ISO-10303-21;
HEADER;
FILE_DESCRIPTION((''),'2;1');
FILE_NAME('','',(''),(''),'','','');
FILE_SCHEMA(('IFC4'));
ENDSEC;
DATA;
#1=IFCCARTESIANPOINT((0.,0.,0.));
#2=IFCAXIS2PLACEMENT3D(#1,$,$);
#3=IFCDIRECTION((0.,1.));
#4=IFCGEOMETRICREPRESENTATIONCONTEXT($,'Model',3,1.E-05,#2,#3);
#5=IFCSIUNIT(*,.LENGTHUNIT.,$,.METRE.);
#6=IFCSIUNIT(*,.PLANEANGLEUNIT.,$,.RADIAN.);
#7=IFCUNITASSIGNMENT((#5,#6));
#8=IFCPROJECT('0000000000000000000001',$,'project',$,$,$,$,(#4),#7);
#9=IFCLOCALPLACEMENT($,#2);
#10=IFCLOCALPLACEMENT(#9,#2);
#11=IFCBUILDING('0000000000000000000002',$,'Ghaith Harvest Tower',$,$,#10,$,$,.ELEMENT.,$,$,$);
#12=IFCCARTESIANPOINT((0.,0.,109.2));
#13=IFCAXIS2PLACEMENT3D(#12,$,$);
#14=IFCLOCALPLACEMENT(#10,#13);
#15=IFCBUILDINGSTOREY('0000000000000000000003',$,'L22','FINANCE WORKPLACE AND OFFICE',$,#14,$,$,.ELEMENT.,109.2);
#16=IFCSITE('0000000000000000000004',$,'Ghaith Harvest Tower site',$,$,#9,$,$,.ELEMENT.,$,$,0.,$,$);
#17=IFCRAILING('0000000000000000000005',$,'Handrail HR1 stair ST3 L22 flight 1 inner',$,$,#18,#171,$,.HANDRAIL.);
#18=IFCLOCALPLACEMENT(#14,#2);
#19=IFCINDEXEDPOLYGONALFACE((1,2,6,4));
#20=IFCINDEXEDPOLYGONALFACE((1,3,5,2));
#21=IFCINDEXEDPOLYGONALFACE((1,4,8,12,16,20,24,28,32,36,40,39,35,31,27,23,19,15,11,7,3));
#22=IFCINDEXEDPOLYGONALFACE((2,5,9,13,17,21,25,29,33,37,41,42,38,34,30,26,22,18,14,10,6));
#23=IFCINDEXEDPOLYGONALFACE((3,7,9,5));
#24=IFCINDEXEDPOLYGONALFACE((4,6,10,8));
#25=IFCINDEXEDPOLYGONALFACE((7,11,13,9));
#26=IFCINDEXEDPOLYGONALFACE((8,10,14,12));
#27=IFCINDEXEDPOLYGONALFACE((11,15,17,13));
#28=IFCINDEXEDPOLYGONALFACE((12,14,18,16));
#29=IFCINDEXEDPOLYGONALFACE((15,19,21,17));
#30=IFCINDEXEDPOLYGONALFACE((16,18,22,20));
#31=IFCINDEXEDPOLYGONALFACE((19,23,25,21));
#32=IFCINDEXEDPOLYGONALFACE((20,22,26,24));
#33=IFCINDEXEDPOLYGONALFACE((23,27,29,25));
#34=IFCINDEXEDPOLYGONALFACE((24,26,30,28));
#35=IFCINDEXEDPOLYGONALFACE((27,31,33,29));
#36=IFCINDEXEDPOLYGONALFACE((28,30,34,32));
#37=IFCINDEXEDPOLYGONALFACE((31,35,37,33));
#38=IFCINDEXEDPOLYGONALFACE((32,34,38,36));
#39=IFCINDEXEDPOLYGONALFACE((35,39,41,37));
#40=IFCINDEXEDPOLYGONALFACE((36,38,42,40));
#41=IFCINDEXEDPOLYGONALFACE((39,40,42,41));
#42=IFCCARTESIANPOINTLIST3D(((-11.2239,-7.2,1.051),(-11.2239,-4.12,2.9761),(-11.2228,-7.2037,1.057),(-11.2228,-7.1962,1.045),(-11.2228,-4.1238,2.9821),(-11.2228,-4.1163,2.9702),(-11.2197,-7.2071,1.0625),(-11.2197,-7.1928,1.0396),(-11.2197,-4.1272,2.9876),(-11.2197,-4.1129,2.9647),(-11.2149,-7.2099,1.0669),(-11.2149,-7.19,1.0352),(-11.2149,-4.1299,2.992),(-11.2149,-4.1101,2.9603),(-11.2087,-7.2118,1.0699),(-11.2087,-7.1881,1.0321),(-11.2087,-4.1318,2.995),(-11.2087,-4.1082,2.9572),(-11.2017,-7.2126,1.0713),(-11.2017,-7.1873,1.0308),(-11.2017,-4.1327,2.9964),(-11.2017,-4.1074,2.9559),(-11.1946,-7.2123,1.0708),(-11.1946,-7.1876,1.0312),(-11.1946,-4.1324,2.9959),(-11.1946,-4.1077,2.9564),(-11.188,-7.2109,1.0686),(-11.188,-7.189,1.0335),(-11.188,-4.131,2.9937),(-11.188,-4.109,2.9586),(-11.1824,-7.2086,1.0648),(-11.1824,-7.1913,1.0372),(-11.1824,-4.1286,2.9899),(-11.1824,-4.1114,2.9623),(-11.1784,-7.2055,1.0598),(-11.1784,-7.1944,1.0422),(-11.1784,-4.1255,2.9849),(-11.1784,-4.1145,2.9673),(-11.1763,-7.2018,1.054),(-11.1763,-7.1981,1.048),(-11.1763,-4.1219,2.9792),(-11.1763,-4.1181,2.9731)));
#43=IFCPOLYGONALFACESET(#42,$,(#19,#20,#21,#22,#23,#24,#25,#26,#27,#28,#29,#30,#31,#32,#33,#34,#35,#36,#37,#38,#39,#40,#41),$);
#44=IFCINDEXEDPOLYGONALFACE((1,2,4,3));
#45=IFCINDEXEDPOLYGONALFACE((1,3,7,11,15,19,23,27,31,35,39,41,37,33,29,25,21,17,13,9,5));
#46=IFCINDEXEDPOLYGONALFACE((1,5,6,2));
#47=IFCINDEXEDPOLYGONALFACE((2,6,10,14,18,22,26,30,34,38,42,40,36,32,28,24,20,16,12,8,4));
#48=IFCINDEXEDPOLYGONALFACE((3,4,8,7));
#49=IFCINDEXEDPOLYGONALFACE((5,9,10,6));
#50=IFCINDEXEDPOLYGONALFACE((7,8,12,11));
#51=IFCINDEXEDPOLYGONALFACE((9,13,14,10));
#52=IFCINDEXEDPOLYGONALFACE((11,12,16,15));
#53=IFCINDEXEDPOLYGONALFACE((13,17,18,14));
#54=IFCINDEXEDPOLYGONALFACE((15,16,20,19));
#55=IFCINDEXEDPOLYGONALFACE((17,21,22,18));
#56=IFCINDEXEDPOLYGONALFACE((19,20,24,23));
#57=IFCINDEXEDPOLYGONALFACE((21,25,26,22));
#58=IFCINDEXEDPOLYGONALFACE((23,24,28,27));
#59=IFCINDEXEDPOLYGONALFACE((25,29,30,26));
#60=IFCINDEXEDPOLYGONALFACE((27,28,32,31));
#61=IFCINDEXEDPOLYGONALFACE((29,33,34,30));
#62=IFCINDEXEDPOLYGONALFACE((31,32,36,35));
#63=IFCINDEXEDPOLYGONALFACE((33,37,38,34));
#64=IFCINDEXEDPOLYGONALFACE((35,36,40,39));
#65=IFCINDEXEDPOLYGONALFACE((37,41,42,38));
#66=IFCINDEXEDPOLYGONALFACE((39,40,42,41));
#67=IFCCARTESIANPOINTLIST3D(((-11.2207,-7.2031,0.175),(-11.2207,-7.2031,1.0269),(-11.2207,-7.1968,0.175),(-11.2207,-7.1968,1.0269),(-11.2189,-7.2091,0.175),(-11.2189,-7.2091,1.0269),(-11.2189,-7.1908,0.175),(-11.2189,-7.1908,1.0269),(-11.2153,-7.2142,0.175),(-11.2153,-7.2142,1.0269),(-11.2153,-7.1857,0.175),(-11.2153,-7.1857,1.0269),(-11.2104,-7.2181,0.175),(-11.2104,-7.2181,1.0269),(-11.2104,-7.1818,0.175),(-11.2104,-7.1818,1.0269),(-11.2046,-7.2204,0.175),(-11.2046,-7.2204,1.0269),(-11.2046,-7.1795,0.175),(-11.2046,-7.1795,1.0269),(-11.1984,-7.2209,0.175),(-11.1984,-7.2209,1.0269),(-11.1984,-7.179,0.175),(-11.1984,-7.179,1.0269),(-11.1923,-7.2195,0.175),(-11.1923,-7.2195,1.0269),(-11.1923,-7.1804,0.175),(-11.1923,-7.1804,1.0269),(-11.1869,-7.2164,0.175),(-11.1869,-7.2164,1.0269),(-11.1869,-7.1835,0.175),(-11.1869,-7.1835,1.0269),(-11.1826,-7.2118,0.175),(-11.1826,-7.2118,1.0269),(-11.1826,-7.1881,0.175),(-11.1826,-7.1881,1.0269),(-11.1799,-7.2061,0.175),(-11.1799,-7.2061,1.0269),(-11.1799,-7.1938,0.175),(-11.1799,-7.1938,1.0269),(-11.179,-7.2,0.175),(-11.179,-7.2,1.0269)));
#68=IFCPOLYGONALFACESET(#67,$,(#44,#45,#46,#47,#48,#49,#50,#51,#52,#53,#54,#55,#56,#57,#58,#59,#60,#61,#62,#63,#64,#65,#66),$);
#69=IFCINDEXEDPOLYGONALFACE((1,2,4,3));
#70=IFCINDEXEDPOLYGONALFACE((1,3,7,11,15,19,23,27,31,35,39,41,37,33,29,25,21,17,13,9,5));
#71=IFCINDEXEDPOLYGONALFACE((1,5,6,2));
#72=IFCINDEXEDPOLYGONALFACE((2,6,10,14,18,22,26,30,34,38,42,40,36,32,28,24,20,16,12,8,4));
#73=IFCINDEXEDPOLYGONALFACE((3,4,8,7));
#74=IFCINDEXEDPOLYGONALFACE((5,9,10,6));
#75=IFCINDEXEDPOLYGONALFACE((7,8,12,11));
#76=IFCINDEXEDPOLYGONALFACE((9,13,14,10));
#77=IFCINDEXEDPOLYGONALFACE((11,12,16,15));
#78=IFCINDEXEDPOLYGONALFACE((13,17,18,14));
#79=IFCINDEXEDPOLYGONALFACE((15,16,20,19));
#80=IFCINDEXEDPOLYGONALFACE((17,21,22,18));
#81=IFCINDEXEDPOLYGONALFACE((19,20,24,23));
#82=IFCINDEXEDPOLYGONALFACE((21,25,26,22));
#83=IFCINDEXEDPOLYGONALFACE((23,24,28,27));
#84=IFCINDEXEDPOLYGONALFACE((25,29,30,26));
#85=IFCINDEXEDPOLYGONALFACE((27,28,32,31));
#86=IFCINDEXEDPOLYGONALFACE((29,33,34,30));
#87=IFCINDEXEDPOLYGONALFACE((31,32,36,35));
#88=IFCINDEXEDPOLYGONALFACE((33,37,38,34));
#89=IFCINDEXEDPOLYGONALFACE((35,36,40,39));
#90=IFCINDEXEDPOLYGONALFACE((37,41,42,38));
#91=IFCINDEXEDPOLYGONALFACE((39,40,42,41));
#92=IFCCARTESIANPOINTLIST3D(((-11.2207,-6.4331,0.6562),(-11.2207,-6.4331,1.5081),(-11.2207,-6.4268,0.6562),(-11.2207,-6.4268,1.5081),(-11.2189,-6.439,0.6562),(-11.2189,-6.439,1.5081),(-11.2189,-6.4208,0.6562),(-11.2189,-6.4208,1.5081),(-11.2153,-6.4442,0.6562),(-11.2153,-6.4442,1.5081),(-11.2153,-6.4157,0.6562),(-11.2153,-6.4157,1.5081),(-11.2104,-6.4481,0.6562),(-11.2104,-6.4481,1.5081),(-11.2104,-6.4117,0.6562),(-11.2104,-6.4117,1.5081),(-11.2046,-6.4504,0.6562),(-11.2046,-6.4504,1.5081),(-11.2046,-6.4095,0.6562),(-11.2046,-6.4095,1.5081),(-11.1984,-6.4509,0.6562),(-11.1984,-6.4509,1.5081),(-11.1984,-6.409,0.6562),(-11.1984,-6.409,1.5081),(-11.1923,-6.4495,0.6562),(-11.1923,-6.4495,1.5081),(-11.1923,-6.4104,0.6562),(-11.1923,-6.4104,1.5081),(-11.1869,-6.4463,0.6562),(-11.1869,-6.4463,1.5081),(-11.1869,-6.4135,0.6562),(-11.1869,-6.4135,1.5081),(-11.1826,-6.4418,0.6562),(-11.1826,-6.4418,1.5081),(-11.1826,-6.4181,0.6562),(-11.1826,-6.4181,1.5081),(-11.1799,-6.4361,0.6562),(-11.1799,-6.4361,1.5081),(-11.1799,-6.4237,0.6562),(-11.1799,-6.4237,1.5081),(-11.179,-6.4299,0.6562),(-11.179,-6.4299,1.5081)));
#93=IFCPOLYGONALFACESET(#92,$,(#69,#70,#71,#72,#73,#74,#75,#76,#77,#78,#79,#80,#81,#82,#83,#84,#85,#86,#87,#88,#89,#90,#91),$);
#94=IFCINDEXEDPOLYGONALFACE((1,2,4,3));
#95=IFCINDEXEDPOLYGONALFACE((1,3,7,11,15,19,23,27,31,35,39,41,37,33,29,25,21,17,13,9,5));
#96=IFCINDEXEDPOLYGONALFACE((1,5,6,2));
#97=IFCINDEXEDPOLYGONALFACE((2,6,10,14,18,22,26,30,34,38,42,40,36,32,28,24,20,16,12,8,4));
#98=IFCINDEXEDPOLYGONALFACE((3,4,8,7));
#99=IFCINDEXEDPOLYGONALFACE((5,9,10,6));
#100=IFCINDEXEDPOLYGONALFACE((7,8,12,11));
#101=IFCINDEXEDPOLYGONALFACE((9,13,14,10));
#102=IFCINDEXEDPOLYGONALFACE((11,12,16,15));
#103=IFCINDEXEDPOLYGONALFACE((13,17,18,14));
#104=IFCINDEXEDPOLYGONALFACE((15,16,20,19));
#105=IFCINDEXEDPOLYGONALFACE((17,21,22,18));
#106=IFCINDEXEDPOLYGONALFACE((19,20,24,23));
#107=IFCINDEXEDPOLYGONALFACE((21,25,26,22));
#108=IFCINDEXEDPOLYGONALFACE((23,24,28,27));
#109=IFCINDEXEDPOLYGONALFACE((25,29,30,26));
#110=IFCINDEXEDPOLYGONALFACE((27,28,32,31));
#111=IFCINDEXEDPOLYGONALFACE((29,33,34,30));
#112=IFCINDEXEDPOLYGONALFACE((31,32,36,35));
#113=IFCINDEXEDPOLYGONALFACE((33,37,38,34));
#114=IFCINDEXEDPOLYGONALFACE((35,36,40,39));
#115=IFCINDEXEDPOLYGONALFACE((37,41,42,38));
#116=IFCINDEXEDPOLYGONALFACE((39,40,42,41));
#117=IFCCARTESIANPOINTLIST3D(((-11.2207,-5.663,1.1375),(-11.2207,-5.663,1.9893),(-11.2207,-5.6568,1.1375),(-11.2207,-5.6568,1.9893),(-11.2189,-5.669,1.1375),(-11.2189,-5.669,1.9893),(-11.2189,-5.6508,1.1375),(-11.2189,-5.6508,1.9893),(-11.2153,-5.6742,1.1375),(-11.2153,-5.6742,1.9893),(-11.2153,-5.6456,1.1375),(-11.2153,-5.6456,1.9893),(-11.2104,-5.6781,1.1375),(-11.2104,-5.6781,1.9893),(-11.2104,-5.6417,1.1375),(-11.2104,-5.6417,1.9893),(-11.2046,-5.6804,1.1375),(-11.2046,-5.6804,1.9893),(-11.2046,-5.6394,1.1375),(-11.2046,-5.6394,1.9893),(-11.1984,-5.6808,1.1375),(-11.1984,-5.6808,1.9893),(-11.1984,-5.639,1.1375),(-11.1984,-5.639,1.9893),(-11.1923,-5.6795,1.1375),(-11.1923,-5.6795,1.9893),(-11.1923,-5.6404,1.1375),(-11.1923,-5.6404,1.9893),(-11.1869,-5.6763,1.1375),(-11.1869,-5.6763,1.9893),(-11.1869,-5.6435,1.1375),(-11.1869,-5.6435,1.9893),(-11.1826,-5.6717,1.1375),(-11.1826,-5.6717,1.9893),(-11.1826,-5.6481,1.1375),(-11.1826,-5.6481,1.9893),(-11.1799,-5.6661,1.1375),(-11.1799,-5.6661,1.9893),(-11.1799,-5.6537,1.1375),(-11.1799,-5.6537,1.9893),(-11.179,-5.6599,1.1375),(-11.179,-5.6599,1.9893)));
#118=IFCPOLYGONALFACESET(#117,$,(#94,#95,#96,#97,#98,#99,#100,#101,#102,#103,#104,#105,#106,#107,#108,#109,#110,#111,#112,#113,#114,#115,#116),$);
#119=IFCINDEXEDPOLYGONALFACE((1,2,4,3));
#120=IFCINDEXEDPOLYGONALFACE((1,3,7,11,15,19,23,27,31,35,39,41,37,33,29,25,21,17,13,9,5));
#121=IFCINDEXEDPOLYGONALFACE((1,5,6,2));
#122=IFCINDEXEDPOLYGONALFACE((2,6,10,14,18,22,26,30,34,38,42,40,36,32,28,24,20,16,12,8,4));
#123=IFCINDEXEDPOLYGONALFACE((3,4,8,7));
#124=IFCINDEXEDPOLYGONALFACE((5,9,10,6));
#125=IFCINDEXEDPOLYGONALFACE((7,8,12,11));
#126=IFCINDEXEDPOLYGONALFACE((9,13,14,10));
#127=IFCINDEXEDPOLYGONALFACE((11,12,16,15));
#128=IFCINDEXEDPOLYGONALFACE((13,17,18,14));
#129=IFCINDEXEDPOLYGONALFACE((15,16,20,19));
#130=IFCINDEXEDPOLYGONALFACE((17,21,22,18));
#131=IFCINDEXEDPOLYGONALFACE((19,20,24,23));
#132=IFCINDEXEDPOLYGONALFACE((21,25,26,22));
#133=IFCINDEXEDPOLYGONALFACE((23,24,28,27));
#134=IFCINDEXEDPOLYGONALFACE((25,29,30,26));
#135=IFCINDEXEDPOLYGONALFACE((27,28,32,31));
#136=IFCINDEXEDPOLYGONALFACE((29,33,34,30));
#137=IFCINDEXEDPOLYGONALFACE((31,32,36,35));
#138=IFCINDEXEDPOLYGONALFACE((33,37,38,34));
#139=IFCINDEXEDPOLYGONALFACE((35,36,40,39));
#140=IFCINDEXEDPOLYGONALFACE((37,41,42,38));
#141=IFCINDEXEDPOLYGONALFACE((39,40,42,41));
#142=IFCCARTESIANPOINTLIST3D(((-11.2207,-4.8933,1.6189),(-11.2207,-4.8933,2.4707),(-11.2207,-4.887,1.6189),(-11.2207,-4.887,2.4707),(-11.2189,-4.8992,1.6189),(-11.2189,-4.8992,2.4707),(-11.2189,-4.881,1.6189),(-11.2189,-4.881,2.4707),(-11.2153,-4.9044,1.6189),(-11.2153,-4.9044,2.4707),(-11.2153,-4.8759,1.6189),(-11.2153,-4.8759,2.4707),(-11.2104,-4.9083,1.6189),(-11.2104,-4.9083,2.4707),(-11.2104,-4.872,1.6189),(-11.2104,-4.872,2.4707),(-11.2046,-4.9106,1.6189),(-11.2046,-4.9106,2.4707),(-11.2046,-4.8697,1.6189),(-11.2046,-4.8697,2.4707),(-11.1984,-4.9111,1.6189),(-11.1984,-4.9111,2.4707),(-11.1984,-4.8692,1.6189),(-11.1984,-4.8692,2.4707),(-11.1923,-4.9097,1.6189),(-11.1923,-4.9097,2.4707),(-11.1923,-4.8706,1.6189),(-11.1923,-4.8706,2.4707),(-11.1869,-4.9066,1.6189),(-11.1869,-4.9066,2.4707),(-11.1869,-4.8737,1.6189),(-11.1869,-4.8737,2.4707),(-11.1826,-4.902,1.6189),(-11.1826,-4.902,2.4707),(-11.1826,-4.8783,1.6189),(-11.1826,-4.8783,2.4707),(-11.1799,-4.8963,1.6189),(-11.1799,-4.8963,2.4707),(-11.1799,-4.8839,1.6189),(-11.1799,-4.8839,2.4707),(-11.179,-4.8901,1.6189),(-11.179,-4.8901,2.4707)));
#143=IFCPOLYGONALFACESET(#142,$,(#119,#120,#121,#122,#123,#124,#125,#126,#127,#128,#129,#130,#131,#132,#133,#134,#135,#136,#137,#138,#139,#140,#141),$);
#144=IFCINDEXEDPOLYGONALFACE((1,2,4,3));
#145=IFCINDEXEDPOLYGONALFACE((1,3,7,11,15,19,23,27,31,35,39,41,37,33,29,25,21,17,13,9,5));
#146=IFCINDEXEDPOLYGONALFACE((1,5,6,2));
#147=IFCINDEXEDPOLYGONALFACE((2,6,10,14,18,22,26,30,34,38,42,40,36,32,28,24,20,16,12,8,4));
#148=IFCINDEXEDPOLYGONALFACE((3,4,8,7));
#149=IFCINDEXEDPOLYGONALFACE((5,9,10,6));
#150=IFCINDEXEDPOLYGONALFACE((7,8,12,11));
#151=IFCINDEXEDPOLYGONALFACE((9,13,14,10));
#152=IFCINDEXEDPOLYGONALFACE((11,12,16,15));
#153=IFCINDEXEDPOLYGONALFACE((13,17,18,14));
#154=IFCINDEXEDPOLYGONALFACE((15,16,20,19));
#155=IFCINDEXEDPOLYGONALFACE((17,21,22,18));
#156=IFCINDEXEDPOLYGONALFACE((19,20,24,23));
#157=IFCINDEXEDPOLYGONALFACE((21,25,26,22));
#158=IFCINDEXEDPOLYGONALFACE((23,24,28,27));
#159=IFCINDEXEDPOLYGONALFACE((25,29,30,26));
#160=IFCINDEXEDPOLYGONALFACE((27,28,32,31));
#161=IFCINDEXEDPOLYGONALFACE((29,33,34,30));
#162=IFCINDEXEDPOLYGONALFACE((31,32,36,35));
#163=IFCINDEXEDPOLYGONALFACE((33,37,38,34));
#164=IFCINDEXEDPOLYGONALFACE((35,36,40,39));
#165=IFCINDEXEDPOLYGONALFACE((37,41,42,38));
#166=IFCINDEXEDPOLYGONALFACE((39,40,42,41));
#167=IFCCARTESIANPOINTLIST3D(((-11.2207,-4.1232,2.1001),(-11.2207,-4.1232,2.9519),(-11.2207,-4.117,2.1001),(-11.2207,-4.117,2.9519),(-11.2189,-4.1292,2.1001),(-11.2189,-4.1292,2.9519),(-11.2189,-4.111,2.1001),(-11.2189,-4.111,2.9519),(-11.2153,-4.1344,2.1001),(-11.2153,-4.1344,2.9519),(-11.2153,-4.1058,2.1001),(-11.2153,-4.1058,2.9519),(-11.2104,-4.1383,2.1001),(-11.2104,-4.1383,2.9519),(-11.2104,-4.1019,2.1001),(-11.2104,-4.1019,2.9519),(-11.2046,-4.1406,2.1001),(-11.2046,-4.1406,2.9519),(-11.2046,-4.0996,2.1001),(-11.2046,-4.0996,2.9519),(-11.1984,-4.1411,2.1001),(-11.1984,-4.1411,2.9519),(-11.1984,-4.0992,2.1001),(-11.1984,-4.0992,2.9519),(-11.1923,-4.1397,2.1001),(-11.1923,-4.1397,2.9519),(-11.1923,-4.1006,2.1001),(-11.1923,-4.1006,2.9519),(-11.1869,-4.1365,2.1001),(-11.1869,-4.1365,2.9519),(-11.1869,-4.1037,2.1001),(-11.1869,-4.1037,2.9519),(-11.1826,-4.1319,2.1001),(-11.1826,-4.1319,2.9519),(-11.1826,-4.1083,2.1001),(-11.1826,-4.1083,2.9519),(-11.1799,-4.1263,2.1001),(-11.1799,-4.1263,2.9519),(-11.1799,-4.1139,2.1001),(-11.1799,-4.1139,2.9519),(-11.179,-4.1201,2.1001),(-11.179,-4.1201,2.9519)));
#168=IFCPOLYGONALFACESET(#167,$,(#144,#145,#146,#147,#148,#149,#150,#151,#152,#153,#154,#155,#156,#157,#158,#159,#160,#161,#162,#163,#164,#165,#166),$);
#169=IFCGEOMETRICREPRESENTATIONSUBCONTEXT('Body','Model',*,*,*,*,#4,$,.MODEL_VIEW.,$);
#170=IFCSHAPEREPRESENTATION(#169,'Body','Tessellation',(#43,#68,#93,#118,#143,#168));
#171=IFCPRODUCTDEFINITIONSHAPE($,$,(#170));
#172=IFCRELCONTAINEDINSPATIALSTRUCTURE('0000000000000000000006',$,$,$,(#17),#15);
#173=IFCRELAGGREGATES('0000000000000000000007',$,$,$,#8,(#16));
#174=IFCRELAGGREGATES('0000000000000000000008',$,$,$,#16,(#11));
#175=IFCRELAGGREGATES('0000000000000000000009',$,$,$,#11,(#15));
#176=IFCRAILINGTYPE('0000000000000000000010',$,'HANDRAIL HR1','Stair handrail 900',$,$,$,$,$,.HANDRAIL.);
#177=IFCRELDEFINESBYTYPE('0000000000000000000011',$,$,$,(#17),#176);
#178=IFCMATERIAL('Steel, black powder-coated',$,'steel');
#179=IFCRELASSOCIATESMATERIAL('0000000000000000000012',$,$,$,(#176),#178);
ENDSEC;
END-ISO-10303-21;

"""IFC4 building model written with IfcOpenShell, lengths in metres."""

from ifc_helpers import new_model, si_unit, direction, frame, origin, origin_2d, place, context, subcontext, project, spatial, circle, extrude, material, type_object, element, save


model = new_model("IFC4")

# Units and contexts
model_context = context("Model", 3, precision=1e-05, world=origin(), true_north=direction((0.0, 1.0)))
body_context = subcontext(model_context, "Body", "Model", "MODEL_VIEW")
ifc_project = project(units=[si_unit("LENGTHUNIT", "METRE"), si_unit("PLANEANGLEUNIT", "RADIAN")], contexts=[model_context])

# Site, building, storey
site_placement = place(None, origin())
site = spatial("IfcSite", under=ifc_project, at=site_placement, Name="Ghaith Harvest Tower site", CompositionType="ELEMENT", RefElevation=0.0)
building_placement = place(site_placement, origin())
building = spatial("IfcBuilding", under=site, at=building_placement, Name="Ghaith Harvest Tower", CompositionType="ELEMENT")
storey_placement = place(building_placement, frame((0.0, 0.0, 109.2)))
storey = spatial("IfcBuildingStorey", under=building, at=storey_placement, Name="L22", Description="FINANCE WORKPLACE AND OFFICE", CompositionType="ELEMENT", Elevation=109.2)

# Railing
ifc_material_1 = material(Name="Steel, black powder-coated", Category="steel")
railing_type = type_object("IfcRailingType", Name="HANDRAIL HR1", Description="Stair handrail 900", PredefinedType="HANDRAIL", material=ifc_material_1)
railing_1_placement = place(storey_placement, frame((-11.2, -7.2, 0.175)))
element("IfcRailing", 1, at=railing_1_placement, inside=storey, type_object=railing_type, Name="Handrail HR1 stair ST3 L22 flight 1 inner", PredefinedType="HANDRAIL", context=body_context, shape_type="SweptSolid", body=[
    extrude(circle(Radius=0.0239, at=origin_2d()), frame((0.0, 0.0, 0.876), z_axis=(0.0, 0.847979, 0.530029), x_axis=(-1.0, 0.0, 0.0)), (0.0, 0.0, 1.0), 3.6321),
    extrude(circle(Radius=0.021, at=origin_2d()), origin(), (0.0, 0.0, 1.0), 0.8518),
    extrude(circle(Radius=0.021, at=origin_2d()), frame((0.0, 0.77, 0.4812)), (0.0, 0.0, 1.0), 0.8518),
    extrude(circle(Radius=0.021, at=origin_2d()), frame((0.0, 1.54, 0.9624)), (0.0, 0.0, 1.0), 0.8518),
    extrude(circle(Radius=0.021, at=origin_2d()), frame((0.0, 2.3098, 1.4438)), (0.0, 0.0, 1.0), 0.8518),
    extrude(circle(Radius=0.021, at=origin_2d()), frame((0.0, 3.0798, 1.925)), (0.0, 0.0, 1.0), 0.8518),
])

save(model, "model.ifc")
